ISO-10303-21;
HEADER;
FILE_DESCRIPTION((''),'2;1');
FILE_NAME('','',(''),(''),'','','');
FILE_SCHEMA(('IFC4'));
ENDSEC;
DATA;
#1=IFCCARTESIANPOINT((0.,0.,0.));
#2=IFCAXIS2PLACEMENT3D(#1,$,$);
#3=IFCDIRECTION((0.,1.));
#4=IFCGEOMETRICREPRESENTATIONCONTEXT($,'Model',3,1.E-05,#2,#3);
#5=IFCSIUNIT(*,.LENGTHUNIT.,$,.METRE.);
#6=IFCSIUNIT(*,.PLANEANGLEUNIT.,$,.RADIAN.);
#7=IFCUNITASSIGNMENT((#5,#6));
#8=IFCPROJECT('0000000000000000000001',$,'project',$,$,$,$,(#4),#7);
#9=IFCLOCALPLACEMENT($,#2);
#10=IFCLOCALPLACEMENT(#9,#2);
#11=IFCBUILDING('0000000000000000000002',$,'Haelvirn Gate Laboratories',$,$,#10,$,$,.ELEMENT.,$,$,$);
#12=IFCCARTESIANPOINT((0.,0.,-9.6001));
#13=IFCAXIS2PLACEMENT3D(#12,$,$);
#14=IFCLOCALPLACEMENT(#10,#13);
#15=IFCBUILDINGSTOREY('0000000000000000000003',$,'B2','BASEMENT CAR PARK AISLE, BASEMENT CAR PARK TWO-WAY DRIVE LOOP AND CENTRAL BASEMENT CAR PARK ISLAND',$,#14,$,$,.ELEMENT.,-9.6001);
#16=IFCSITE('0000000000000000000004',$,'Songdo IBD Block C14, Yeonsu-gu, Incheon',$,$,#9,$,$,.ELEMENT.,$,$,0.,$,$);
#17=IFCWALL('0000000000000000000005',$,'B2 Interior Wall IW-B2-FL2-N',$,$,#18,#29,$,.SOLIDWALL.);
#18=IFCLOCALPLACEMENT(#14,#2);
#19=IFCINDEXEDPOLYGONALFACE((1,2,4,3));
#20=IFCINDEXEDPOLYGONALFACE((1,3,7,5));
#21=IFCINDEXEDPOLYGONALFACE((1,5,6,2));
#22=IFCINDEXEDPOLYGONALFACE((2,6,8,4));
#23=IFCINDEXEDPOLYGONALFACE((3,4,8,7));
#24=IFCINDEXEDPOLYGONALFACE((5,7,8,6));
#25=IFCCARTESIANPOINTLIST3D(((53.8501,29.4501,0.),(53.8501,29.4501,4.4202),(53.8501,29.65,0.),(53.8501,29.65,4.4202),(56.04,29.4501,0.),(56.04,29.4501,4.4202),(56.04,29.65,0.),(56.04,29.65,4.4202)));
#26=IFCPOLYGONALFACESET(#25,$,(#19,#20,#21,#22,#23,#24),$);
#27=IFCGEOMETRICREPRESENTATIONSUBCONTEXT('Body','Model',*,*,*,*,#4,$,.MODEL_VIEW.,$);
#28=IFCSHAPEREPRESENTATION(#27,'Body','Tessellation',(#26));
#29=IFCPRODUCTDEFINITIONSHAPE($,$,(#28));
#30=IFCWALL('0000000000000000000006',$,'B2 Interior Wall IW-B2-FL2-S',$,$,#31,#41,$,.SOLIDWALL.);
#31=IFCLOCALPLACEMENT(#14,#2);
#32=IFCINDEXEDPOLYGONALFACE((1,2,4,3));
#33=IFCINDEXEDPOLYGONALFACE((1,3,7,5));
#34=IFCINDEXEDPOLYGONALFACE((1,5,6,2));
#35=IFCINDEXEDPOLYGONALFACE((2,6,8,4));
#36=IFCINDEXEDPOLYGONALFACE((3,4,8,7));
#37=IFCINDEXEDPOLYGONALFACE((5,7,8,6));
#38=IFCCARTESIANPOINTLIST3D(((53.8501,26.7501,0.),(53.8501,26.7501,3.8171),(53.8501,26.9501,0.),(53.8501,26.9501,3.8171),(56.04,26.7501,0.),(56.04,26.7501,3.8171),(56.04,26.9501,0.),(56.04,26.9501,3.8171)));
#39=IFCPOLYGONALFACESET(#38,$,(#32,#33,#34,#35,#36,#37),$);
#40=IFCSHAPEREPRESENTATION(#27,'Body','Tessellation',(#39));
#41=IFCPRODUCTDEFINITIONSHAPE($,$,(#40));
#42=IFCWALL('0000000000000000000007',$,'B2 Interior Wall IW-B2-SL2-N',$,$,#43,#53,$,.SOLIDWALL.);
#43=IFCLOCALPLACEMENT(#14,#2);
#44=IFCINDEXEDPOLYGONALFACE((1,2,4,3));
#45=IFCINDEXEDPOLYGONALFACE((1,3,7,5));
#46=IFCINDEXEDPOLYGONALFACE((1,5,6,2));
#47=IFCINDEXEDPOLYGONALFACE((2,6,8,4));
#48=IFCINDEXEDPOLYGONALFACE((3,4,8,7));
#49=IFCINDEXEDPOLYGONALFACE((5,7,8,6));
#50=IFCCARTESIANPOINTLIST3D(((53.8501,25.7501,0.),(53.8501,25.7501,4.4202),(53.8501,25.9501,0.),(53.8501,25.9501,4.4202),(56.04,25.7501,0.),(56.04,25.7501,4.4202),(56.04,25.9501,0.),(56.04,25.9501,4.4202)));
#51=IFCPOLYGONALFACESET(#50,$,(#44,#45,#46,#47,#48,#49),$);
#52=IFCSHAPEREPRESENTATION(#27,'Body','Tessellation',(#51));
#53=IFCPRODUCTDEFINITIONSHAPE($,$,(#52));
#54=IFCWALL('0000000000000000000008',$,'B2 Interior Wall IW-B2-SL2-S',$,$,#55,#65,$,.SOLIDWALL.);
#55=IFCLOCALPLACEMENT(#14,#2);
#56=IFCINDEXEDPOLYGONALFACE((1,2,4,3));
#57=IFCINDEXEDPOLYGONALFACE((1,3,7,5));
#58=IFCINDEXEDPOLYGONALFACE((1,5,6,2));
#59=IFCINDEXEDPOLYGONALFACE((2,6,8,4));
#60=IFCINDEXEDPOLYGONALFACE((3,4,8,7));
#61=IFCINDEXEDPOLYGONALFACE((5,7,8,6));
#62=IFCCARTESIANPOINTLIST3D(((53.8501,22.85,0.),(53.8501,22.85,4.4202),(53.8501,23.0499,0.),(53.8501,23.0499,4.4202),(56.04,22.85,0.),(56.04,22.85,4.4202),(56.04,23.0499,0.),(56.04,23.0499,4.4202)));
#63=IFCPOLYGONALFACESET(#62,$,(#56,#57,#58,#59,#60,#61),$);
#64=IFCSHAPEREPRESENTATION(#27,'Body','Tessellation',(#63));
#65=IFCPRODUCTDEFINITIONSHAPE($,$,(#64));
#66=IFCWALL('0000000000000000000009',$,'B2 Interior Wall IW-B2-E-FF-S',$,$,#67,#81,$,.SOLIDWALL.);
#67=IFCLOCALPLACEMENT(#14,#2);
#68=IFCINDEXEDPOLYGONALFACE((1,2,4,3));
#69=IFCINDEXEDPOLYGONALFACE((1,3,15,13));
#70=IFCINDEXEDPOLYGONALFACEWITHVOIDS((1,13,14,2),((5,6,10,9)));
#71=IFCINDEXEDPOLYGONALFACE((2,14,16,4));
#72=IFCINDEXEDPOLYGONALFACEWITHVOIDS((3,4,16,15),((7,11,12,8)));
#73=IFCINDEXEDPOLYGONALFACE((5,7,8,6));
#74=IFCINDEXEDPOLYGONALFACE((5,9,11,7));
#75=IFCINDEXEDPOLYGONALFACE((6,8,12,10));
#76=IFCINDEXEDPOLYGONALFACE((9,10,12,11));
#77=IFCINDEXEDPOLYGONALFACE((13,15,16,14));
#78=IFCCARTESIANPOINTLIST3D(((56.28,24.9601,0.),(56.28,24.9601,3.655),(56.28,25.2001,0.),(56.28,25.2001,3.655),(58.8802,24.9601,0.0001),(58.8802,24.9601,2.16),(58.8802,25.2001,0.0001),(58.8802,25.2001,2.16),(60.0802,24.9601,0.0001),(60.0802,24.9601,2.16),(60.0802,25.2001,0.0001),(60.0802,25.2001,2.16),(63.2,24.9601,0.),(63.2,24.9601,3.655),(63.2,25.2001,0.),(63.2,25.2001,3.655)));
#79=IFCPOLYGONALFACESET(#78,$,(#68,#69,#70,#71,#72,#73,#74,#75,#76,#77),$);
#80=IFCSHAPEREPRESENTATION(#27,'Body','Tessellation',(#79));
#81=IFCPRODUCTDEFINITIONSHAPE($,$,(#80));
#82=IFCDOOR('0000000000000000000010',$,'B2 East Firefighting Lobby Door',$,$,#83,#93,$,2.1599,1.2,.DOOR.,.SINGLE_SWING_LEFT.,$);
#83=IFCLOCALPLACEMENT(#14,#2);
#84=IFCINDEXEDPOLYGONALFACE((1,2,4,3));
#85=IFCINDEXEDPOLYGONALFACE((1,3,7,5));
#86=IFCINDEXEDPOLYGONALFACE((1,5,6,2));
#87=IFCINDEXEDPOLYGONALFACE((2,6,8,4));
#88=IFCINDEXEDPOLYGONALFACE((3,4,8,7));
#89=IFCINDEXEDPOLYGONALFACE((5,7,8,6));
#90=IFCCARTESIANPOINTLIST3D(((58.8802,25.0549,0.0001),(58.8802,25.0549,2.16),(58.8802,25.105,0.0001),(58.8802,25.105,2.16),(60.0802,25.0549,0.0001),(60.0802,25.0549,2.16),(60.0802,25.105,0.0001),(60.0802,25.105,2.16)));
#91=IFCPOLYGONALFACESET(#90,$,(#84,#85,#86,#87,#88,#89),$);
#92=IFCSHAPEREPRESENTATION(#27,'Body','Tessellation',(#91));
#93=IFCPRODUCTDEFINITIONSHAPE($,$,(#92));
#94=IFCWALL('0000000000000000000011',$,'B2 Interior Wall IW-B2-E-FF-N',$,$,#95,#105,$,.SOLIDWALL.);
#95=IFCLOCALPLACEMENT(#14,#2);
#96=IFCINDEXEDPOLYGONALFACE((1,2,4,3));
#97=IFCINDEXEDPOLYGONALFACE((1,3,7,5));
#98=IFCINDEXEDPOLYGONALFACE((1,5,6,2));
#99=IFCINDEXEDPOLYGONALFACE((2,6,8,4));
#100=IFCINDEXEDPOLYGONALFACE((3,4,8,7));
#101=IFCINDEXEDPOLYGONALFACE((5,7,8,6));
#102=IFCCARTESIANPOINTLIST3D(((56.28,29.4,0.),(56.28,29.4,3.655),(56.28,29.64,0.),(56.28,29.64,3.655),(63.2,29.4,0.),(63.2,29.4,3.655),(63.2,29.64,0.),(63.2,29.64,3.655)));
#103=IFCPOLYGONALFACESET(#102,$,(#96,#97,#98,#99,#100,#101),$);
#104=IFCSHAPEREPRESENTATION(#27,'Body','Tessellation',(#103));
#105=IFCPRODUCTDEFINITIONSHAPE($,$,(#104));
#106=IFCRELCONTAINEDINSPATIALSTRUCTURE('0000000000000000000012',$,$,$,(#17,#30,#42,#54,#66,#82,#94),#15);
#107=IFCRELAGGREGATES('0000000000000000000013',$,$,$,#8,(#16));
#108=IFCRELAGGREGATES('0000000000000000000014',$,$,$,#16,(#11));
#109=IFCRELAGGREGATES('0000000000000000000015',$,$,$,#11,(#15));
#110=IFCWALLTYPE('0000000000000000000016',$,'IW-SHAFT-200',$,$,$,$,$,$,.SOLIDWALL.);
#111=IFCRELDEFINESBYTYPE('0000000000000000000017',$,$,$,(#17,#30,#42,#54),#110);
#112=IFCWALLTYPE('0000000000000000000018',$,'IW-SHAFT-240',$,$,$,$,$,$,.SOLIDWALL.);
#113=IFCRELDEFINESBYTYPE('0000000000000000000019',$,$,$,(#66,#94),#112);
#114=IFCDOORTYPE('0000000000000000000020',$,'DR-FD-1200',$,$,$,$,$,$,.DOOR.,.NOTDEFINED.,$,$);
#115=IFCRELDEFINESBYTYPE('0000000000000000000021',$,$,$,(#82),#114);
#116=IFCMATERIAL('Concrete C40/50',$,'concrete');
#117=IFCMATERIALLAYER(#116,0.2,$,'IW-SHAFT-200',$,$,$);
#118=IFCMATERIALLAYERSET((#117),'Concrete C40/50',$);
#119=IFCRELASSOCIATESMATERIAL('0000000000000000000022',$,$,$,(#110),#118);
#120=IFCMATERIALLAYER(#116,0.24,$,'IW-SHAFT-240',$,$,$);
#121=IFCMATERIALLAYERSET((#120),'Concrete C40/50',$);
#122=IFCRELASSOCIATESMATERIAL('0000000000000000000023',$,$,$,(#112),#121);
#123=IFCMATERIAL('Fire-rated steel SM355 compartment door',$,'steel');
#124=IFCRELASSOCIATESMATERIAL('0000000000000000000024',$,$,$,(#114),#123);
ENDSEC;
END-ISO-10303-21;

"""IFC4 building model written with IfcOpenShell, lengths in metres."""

from ifc_helpers import new_model, si_unit, direction, frame, frame_2d, origin, place, context, subcontext, project, spatial, rectangle, extrude, source, transform, mapped, material, layer, layer_set, type_object, type_shapes, element, fill, save


model = new_model("IFC4")

# Units and contexts
model_context = context("Model", 3, precision=1e-05, world=origin(), true_north=direction((0.0, 1.0)))
body_context = subcontext(model_context, "Body", "Model", "MODEL_VIEW")
ifc_project = project(units=[si_unit("LENGTHUNIT", "METRE"), si_unit("PLANEANGLEUNIT", "RADIAN")], contexts=[model_context])

# Site, building, storey
site_placement = place(None, origin())
site = spatial("IfcSite", under=ifc_project, at=site_placement, Name="Songdo IBD Block C14, Yeonsu-gu, Incheon", CompositionType="ELEMENT", RefElevation=0.0)
building_placement = place(site_placement, origin())
building = spatial("IfcBuilding", under=site, at=building_placement, Name="Haelvirn Gate Laboratories", CompositionType="ELEMENT")
storey_placement = place(building_placement, frame((0.0, 0.0, -9.6001)))
storey = spatial("IfcBuildingStorey", under=building, at=storey_placement, Name="B2", Description="BASEMENT CAR PARK AISLE, BASEMENT CAR PARK TWO-WAY DRIVE LOOP AND CENTRAL BASEMENT CAR PARK ISLAND", CompositionType="ELEMENT", Elevation=-9.6001)

# Walls
ifc_material_1 = material(Name="Concrete C40/50", Category="concrete")
ifc_layer_1 = layer(ifc_material_1, 0.2, Name="IW-SHAFT-200")
ifc_layer_set_1 = layer_set([ifc_layer_1], Name="Concrete C40/50")
wall_type_1 = type_object("IfcWallType", Name="IW-SHAFT-200", PredefinedType="SOLIDWALL", material=ifc_layer_set_1)
wall_1_placement = place(storey_placement, frame((53.8501, 29.55, 0.0), z_axis=(0.0, 0.0, 1.0), x_axis=(1.0, 0.0, 0.0)))
element("IfcWall", 1, at=wall_1_placement, inside=storey, type_object=wall_type_1, Name="B2 Interior Wall IW-B2-FL2-N", PredefinedType="SOLIDWALL", context=body_context, shape_type="SweptSolid", body=[
    extrude(rectangle(XDim=2.1899, YDim=0.2, at=frame_2d((1.095, 0.0))), origin(), (0.0, 0.0, 1.0), 4.4202),
])
wall_2_placement = place(storey_placement, frame((53.8501, 26.8501, 0.0), z_axis=(0.0, 0.0, 1.0), x_axis=(1.0, 0.0, 0.0)))
element("IfcWall", 2, at=wall_2_placement, inside=storey, type_object=wall_type_1, Name="B2 Interior Wall IW-B2-FL2-S", PredefinedType="SOLIDWALL", context=body_context, shape_type="SweptSolid", body=[
    extrude(rectangle(XDim=2.1899, YDim=0.2, at=frame_2d((1.095, 0.0))), origin(), (0.0, 0.0, 1.0), 3.8171),
])
for number, where, z_axis, x_axis, name in (
    (3, (53.8501, 25.8501, 0.0), (0.0, 0.0, 1.0), (1.0, 0.0, 0.0), "B2 Interior Wall IW-B2-SL2-N"),
    (4, (53.8501, 22.95, 0.0), (0.0, 0.0, 1.0), (1.0, 0.0, 0.0), "B2 Interior Wall IW-B2-SL2-S"),
):
    element("IfcWall", number, at=place(storey_placement, frame(where, z_axis=z_axis, x_axis=x_axis)), inside=storey, type_object=wall_type_1, Name=name, PredefinedType="SOLIDWALL", context=body_context, shape_type="SweptSolid", body=[
        extrude(rectangle(XDim=2.1899, YDim=0.2, at=frame_2d((1.095, 0.0))), origin(), (0.0, 0.0, 1.0), 4.4202),
    ])

# Wall, opening, door
ifc_layer_2 = layer(ifc_material_1, 0.24, Name="IW-SHAFT-240")
ifc_layer_set_2 = layer_set([ifc_layer_2], Name="Concrete C40/50")
wall_type_2 = type_object("IfcWallType", Name="IW-SHAFT-240", PredefinedType="SOLIDWALL", material=ifc_layer_set_2)
wall_3_placement = place(storey_placement, frame((56.28, 25.0801, 0.0), z_axis=(0.0, 0.0, 1.0), x_axis=(1.0, 0.0, 0.0)))
wall_3 = element("IfcWall", 5, at=wall_3_placement, inside=storey, type_object=wall_type_2, Name="B2 Interior Wall IW-B2-E-FF-S", PredefinedType="SOLIDWALL", context=body_context, shape_type="SweptSolid", body=[
    extrude(rectangle(XDim=6.9199, YDim=0.24, at=frame_2d((3.46, 0.0))), origin(), (0.0, 0.0, 1.0), 3.655),
])
opening_1_placement = place(wall_3_placement, frame((2.6001, 0.0, 0.0)))
opening_1 = element("IfcOpeningElement", 6, at=opening_1_placement, cuts=wall_3, PredefinedType="OPENING", context=body_context, shape_type="SweptSolid", body=[
    extrude(rectangle(XDim=1.2, YDim=2.1599, at=frame_2d((0.6001, 1.0801))), frame((0.0, 0.1299, 0.0), z_axis=(0.0, -1.0, 0.0), x_axis=(1.0, 0.0, 0.0)), (0.0, 0.0, 1.0), 0.26),
])
ifc_material_2 = material(Name="Fire-rated steel SM355 compartment door", Category="steel")
door_type_1 = type_object("IfcDoorType", Name="DR-FD-1200", OperationType="NOTDEFINED", PredefinedType="DOOR", material=ifc_material_2)
shared_shape_1 = source(origin(), body_context, "Body", "SweptSolid", [
    extrude(rectangle(XDim=1.2, YDim=2.1599, at=frame_2d((0.6001, 1.0801))), frame((0.0, 0.0249, 0.0), z_axis=(0.0, -1.0, 0.0), x_axis=(1.0, 0.0, 0.0)), (0.0, 0.0, 1.0), 0.05),
])
type_shapes(door_type_1, [shared_shape_1])
door_1_placement = place(opening_1_placement, origin())
door_1 = element("IfcDoor", 7, at=door_1_placement, inside=storey, type_object=door_type_1, Name="B2 East Firefighting Lobby Door", OperationType="SINGLE_SWING_LEFT", OverallHeight=2.1599, OverallWidth=1.2, PredefinedType="DOOR", context=body_context, shape_type="MappedRepresentation", body=[
    mapped(shared_shape_1, transform((0.0, 0.0, 0.0), scale=1.0)),
])
fill(opening_1, door_1)

# Wall
wall_4_placement = place(storey_placement, frame((56.28, 29.52, 0.0), z_axis=(0.0, 0.0, 1.0), x_axis=(1.0, 0.0, 0.0)))
element("IfcWall", 8, at=wall_4_placement, inside=storey, type_object=wall_type_2, Name="B2 Interior Wall IW-B2-E-FF-N", PredefinedType="SOLIDWALL", context=body_context, shape_type="SweptSolid", body=[
    extrude(rectangle(XDim=6.9199, YDim=0.24, at=frame_2d((3.46, 0.0))), origin(), (0.0, 0.0, 1.0), 3.655),
])

save(model, "model.ifc")
